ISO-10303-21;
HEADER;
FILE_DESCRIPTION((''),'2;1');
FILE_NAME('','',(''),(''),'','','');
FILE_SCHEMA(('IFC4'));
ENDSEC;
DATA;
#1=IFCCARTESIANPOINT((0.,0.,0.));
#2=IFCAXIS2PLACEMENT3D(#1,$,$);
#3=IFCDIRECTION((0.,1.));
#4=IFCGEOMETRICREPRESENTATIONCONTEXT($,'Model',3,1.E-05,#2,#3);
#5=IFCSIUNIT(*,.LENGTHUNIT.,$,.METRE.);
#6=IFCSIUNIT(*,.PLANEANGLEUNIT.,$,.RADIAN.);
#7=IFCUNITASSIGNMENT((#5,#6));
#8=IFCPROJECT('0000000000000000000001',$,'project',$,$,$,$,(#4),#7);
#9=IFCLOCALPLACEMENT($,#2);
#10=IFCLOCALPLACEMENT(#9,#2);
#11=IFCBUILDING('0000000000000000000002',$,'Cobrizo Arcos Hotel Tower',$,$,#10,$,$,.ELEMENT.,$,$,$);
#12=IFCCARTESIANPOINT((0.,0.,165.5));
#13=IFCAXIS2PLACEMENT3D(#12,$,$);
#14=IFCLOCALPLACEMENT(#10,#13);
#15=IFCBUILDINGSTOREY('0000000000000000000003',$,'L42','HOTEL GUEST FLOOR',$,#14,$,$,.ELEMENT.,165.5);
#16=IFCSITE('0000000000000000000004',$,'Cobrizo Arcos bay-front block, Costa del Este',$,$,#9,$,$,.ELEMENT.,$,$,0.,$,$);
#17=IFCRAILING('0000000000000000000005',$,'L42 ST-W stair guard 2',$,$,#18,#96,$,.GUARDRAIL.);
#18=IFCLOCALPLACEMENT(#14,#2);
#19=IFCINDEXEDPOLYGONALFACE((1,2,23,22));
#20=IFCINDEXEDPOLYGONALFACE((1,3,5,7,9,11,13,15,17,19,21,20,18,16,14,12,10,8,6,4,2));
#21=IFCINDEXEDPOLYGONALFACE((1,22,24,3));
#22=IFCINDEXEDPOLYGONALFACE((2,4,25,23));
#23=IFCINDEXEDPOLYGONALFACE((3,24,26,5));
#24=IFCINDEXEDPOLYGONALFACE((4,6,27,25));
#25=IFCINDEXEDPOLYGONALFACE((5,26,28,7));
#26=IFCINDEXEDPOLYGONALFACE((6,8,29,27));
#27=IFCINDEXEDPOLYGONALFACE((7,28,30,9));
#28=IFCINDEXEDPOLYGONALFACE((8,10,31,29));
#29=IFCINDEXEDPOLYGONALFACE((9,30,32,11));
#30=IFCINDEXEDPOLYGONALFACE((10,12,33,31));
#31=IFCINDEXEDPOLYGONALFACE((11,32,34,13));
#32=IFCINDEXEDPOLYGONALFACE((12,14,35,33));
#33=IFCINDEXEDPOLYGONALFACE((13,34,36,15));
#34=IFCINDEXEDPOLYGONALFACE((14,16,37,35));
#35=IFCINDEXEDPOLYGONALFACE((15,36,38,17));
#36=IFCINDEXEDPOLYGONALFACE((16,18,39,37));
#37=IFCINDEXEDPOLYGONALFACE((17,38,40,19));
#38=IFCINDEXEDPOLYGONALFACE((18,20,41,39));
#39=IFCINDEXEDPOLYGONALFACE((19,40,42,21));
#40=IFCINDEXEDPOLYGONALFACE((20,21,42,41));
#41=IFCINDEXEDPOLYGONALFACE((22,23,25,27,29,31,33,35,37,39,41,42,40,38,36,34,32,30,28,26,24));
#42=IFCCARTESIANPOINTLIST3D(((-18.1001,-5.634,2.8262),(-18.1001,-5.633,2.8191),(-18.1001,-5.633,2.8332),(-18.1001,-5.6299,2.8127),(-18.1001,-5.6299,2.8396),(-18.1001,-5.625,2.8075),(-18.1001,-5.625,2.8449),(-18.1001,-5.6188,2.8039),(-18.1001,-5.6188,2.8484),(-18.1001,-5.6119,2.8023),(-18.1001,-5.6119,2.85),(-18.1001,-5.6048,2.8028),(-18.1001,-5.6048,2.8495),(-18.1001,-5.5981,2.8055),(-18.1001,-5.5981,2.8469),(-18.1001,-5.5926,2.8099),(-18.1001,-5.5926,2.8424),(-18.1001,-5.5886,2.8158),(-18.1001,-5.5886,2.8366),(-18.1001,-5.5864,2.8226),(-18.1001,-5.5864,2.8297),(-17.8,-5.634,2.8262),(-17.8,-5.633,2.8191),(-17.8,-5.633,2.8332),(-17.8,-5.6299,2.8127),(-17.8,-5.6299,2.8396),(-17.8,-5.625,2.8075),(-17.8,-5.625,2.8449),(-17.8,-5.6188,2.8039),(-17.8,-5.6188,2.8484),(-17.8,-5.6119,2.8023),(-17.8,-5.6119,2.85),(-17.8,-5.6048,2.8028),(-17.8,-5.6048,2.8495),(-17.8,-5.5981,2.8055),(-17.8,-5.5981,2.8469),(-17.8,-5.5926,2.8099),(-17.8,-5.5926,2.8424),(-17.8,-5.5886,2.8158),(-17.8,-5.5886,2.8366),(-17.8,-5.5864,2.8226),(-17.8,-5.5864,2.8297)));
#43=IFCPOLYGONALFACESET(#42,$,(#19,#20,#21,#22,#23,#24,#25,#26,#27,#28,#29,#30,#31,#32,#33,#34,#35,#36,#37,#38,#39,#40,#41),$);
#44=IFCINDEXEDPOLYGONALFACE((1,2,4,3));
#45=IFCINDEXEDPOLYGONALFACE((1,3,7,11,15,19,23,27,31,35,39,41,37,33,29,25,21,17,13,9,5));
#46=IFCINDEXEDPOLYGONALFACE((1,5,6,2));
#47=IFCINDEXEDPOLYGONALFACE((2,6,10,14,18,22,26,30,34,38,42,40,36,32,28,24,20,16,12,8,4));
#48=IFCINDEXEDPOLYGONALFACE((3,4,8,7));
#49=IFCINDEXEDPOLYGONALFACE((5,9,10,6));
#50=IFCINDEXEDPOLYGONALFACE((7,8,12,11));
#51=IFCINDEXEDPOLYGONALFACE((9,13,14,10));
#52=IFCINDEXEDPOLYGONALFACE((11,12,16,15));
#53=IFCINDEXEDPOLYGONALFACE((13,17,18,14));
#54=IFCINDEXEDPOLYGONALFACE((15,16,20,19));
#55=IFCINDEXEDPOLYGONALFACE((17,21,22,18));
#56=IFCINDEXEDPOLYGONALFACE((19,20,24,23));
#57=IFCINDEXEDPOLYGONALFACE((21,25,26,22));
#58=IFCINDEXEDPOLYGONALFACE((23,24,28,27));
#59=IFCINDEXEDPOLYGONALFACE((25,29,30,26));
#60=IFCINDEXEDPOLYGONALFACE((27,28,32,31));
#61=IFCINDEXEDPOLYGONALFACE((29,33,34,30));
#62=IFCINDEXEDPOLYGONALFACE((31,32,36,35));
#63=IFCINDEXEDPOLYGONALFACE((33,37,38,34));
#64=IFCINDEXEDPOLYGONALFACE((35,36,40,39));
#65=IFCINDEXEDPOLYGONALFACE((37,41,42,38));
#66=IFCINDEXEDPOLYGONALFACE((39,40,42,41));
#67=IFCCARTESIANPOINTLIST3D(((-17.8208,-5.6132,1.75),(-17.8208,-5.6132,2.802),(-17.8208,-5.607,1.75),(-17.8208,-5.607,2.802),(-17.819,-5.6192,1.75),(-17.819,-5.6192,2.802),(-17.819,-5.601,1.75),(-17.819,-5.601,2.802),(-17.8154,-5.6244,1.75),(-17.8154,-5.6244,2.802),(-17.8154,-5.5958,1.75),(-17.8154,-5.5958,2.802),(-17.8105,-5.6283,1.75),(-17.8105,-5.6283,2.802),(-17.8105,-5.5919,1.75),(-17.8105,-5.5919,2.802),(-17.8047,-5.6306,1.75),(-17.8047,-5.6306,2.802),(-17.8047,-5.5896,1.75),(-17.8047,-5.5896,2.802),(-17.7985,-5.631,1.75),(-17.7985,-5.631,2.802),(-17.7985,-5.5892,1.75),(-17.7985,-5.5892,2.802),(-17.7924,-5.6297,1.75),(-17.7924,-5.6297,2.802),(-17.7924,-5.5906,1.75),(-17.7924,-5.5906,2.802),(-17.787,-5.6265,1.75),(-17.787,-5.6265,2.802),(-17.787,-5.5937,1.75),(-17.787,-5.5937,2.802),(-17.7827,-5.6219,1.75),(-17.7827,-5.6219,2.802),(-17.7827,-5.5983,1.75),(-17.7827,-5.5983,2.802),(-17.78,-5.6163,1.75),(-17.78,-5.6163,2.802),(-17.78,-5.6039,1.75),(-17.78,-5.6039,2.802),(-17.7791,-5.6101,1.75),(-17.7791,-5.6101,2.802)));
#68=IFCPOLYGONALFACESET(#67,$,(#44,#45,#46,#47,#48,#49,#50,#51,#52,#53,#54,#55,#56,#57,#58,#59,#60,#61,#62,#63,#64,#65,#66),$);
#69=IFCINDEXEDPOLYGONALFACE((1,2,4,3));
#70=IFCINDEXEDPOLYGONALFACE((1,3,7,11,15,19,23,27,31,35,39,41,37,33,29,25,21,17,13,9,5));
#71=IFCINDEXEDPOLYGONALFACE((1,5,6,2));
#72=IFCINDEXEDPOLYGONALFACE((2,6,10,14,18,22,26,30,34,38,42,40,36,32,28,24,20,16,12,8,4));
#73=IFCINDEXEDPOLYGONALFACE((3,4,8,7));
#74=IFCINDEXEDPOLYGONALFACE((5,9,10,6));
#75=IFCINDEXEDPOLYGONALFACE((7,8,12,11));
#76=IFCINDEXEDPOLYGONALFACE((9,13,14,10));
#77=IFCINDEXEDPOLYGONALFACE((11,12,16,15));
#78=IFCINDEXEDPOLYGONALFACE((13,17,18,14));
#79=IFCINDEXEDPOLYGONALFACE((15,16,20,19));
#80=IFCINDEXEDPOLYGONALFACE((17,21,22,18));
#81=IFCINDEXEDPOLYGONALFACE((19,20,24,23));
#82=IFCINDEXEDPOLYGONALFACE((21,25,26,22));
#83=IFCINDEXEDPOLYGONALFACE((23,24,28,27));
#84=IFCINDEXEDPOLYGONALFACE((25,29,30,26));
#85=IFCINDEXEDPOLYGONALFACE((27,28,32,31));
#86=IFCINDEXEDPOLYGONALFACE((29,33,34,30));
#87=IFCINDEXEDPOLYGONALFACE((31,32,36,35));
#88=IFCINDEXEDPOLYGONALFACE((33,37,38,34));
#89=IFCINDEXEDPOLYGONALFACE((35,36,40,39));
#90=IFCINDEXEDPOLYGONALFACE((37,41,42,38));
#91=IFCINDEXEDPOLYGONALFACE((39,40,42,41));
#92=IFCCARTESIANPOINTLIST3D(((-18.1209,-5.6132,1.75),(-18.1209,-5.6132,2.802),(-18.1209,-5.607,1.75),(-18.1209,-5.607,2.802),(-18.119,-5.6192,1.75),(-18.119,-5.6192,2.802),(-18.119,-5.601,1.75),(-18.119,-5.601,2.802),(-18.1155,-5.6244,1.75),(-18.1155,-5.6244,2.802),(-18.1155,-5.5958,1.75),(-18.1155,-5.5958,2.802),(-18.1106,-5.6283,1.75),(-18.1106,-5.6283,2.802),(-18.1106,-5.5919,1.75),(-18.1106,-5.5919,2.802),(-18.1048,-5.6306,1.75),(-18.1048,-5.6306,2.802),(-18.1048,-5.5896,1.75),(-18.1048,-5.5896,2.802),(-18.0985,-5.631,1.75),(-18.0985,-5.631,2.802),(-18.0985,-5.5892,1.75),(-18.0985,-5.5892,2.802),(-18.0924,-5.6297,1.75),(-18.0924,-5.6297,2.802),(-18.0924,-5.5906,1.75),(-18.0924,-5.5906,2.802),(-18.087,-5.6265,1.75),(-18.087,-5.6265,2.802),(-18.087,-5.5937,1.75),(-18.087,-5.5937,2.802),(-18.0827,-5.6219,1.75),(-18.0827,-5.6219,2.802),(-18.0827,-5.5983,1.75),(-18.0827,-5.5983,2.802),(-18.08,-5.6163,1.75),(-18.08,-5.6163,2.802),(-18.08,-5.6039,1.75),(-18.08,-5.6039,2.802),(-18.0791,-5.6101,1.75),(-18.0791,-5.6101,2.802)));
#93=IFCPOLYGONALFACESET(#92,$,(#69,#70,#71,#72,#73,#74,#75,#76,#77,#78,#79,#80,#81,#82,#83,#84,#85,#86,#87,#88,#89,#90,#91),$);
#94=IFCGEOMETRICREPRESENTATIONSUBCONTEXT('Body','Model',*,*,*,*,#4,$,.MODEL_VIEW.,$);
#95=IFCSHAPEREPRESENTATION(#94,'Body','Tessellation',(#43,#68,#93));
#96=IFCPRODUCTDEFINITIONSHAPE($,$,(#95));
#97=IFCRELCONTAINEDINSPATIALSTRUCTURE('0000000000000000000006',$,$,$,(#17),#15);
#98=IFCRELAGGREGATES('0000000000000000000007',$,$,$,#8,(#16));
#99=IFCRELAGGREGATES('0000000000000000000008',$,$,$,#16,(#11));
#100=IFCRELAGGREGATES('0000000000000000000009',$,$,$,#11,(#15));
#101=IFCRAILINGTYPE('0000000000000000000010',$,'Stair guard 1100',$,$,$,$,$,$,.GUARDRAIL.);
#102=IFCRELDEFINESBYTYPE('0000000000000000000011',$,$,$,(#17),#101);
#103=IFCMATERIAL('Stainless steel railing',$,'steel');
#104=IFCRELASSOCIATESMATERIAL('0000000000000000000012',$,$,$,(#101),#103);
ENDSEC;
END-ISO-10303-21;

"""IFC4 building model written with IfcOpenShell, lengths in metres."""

from ifc_helpers import new_model, si_unit, direction, frame, origin, origin_2d, place, context, subcontext, project, spatial, circle, extrude, material, type_object, element, save


model = new_model("IFC4")

# Units and contexts
model_context = context("Model", 3, precision=1e-05, world=origin(), true_north=direction((0.0, 1.0)))
body_context = subcontext(model_context, "Body", "Model", "MODEL_VIEW")
ifc_project = project(units=[si_unit("LENGTHUNIT", "METRE"), si_unit("PLANEANGLEUNIT", "RADIAN")], contexts=[model_context])

# Site, building, storey
site_placement = place(None, origin())
site = spatial("IfcSite", under=ifc_project, at=site_placement, Name="Cobrizo Arcos bay-front block, Costa del Este", CompositionType="ELEMENT", RefElevation=0.0)
building_placement = place(site_placement, origin())
building = spatial("IfcBuilding", under=site, at=building_placement, Name="Cobrizo Arcos Hotel Tower", CompositionType="ELEMENT")
storey_placement = place(building_placement, frame((0.0, 0.0, 165.5)))
storey = spatial("IfcBuildingStorey", under=building, at=storey_placement, Name="L42", Description="HOTEL GUEST FLOOR", CompositionType="ELEMENT", Elevation=165.5)

# Railing
ifc_material_1 = material(Name="Stainless steel railing", Category="steel")
railing_type_1 = type_object("IfcRailingType", Name="Stair guard 1100", PredefinedType="GUARDRAIL", material=ifc_material_1)
railing_1_placement = place(storey_placement, frame((-17.8, -5.6101, 1.75)))
element("IfcRailing", 1, at=railing_1_placement, inside=storey, type_object=railing_type_1, Name="L42 ST-W stair guard 2", PredefinedType="GUARDRAIL", context=body_context, shape_type="SweptSolid", body=[
    extrude(circle(Radius=0.0239, at=origin_2d()), frame((0.0, 0.0, 1.0762), z_axis=(-1.0, 0.0, 0.0), x_axis=(0.0, -1.0, 0.0)), (0.0, 0.0, 1.0), 0.3),
    extrude(circle(Radius=0.021, at=origin_2d()), origin(), (0.0, 0.0, 1.0), 1.052),
    extrude(circle(Radius=0.021, at=origin_2d()), frame((-0.3, 0.0, 0.0)), (0.0, 0.0, 1.0), 1.052),
])

save(model, "model.ifc")
